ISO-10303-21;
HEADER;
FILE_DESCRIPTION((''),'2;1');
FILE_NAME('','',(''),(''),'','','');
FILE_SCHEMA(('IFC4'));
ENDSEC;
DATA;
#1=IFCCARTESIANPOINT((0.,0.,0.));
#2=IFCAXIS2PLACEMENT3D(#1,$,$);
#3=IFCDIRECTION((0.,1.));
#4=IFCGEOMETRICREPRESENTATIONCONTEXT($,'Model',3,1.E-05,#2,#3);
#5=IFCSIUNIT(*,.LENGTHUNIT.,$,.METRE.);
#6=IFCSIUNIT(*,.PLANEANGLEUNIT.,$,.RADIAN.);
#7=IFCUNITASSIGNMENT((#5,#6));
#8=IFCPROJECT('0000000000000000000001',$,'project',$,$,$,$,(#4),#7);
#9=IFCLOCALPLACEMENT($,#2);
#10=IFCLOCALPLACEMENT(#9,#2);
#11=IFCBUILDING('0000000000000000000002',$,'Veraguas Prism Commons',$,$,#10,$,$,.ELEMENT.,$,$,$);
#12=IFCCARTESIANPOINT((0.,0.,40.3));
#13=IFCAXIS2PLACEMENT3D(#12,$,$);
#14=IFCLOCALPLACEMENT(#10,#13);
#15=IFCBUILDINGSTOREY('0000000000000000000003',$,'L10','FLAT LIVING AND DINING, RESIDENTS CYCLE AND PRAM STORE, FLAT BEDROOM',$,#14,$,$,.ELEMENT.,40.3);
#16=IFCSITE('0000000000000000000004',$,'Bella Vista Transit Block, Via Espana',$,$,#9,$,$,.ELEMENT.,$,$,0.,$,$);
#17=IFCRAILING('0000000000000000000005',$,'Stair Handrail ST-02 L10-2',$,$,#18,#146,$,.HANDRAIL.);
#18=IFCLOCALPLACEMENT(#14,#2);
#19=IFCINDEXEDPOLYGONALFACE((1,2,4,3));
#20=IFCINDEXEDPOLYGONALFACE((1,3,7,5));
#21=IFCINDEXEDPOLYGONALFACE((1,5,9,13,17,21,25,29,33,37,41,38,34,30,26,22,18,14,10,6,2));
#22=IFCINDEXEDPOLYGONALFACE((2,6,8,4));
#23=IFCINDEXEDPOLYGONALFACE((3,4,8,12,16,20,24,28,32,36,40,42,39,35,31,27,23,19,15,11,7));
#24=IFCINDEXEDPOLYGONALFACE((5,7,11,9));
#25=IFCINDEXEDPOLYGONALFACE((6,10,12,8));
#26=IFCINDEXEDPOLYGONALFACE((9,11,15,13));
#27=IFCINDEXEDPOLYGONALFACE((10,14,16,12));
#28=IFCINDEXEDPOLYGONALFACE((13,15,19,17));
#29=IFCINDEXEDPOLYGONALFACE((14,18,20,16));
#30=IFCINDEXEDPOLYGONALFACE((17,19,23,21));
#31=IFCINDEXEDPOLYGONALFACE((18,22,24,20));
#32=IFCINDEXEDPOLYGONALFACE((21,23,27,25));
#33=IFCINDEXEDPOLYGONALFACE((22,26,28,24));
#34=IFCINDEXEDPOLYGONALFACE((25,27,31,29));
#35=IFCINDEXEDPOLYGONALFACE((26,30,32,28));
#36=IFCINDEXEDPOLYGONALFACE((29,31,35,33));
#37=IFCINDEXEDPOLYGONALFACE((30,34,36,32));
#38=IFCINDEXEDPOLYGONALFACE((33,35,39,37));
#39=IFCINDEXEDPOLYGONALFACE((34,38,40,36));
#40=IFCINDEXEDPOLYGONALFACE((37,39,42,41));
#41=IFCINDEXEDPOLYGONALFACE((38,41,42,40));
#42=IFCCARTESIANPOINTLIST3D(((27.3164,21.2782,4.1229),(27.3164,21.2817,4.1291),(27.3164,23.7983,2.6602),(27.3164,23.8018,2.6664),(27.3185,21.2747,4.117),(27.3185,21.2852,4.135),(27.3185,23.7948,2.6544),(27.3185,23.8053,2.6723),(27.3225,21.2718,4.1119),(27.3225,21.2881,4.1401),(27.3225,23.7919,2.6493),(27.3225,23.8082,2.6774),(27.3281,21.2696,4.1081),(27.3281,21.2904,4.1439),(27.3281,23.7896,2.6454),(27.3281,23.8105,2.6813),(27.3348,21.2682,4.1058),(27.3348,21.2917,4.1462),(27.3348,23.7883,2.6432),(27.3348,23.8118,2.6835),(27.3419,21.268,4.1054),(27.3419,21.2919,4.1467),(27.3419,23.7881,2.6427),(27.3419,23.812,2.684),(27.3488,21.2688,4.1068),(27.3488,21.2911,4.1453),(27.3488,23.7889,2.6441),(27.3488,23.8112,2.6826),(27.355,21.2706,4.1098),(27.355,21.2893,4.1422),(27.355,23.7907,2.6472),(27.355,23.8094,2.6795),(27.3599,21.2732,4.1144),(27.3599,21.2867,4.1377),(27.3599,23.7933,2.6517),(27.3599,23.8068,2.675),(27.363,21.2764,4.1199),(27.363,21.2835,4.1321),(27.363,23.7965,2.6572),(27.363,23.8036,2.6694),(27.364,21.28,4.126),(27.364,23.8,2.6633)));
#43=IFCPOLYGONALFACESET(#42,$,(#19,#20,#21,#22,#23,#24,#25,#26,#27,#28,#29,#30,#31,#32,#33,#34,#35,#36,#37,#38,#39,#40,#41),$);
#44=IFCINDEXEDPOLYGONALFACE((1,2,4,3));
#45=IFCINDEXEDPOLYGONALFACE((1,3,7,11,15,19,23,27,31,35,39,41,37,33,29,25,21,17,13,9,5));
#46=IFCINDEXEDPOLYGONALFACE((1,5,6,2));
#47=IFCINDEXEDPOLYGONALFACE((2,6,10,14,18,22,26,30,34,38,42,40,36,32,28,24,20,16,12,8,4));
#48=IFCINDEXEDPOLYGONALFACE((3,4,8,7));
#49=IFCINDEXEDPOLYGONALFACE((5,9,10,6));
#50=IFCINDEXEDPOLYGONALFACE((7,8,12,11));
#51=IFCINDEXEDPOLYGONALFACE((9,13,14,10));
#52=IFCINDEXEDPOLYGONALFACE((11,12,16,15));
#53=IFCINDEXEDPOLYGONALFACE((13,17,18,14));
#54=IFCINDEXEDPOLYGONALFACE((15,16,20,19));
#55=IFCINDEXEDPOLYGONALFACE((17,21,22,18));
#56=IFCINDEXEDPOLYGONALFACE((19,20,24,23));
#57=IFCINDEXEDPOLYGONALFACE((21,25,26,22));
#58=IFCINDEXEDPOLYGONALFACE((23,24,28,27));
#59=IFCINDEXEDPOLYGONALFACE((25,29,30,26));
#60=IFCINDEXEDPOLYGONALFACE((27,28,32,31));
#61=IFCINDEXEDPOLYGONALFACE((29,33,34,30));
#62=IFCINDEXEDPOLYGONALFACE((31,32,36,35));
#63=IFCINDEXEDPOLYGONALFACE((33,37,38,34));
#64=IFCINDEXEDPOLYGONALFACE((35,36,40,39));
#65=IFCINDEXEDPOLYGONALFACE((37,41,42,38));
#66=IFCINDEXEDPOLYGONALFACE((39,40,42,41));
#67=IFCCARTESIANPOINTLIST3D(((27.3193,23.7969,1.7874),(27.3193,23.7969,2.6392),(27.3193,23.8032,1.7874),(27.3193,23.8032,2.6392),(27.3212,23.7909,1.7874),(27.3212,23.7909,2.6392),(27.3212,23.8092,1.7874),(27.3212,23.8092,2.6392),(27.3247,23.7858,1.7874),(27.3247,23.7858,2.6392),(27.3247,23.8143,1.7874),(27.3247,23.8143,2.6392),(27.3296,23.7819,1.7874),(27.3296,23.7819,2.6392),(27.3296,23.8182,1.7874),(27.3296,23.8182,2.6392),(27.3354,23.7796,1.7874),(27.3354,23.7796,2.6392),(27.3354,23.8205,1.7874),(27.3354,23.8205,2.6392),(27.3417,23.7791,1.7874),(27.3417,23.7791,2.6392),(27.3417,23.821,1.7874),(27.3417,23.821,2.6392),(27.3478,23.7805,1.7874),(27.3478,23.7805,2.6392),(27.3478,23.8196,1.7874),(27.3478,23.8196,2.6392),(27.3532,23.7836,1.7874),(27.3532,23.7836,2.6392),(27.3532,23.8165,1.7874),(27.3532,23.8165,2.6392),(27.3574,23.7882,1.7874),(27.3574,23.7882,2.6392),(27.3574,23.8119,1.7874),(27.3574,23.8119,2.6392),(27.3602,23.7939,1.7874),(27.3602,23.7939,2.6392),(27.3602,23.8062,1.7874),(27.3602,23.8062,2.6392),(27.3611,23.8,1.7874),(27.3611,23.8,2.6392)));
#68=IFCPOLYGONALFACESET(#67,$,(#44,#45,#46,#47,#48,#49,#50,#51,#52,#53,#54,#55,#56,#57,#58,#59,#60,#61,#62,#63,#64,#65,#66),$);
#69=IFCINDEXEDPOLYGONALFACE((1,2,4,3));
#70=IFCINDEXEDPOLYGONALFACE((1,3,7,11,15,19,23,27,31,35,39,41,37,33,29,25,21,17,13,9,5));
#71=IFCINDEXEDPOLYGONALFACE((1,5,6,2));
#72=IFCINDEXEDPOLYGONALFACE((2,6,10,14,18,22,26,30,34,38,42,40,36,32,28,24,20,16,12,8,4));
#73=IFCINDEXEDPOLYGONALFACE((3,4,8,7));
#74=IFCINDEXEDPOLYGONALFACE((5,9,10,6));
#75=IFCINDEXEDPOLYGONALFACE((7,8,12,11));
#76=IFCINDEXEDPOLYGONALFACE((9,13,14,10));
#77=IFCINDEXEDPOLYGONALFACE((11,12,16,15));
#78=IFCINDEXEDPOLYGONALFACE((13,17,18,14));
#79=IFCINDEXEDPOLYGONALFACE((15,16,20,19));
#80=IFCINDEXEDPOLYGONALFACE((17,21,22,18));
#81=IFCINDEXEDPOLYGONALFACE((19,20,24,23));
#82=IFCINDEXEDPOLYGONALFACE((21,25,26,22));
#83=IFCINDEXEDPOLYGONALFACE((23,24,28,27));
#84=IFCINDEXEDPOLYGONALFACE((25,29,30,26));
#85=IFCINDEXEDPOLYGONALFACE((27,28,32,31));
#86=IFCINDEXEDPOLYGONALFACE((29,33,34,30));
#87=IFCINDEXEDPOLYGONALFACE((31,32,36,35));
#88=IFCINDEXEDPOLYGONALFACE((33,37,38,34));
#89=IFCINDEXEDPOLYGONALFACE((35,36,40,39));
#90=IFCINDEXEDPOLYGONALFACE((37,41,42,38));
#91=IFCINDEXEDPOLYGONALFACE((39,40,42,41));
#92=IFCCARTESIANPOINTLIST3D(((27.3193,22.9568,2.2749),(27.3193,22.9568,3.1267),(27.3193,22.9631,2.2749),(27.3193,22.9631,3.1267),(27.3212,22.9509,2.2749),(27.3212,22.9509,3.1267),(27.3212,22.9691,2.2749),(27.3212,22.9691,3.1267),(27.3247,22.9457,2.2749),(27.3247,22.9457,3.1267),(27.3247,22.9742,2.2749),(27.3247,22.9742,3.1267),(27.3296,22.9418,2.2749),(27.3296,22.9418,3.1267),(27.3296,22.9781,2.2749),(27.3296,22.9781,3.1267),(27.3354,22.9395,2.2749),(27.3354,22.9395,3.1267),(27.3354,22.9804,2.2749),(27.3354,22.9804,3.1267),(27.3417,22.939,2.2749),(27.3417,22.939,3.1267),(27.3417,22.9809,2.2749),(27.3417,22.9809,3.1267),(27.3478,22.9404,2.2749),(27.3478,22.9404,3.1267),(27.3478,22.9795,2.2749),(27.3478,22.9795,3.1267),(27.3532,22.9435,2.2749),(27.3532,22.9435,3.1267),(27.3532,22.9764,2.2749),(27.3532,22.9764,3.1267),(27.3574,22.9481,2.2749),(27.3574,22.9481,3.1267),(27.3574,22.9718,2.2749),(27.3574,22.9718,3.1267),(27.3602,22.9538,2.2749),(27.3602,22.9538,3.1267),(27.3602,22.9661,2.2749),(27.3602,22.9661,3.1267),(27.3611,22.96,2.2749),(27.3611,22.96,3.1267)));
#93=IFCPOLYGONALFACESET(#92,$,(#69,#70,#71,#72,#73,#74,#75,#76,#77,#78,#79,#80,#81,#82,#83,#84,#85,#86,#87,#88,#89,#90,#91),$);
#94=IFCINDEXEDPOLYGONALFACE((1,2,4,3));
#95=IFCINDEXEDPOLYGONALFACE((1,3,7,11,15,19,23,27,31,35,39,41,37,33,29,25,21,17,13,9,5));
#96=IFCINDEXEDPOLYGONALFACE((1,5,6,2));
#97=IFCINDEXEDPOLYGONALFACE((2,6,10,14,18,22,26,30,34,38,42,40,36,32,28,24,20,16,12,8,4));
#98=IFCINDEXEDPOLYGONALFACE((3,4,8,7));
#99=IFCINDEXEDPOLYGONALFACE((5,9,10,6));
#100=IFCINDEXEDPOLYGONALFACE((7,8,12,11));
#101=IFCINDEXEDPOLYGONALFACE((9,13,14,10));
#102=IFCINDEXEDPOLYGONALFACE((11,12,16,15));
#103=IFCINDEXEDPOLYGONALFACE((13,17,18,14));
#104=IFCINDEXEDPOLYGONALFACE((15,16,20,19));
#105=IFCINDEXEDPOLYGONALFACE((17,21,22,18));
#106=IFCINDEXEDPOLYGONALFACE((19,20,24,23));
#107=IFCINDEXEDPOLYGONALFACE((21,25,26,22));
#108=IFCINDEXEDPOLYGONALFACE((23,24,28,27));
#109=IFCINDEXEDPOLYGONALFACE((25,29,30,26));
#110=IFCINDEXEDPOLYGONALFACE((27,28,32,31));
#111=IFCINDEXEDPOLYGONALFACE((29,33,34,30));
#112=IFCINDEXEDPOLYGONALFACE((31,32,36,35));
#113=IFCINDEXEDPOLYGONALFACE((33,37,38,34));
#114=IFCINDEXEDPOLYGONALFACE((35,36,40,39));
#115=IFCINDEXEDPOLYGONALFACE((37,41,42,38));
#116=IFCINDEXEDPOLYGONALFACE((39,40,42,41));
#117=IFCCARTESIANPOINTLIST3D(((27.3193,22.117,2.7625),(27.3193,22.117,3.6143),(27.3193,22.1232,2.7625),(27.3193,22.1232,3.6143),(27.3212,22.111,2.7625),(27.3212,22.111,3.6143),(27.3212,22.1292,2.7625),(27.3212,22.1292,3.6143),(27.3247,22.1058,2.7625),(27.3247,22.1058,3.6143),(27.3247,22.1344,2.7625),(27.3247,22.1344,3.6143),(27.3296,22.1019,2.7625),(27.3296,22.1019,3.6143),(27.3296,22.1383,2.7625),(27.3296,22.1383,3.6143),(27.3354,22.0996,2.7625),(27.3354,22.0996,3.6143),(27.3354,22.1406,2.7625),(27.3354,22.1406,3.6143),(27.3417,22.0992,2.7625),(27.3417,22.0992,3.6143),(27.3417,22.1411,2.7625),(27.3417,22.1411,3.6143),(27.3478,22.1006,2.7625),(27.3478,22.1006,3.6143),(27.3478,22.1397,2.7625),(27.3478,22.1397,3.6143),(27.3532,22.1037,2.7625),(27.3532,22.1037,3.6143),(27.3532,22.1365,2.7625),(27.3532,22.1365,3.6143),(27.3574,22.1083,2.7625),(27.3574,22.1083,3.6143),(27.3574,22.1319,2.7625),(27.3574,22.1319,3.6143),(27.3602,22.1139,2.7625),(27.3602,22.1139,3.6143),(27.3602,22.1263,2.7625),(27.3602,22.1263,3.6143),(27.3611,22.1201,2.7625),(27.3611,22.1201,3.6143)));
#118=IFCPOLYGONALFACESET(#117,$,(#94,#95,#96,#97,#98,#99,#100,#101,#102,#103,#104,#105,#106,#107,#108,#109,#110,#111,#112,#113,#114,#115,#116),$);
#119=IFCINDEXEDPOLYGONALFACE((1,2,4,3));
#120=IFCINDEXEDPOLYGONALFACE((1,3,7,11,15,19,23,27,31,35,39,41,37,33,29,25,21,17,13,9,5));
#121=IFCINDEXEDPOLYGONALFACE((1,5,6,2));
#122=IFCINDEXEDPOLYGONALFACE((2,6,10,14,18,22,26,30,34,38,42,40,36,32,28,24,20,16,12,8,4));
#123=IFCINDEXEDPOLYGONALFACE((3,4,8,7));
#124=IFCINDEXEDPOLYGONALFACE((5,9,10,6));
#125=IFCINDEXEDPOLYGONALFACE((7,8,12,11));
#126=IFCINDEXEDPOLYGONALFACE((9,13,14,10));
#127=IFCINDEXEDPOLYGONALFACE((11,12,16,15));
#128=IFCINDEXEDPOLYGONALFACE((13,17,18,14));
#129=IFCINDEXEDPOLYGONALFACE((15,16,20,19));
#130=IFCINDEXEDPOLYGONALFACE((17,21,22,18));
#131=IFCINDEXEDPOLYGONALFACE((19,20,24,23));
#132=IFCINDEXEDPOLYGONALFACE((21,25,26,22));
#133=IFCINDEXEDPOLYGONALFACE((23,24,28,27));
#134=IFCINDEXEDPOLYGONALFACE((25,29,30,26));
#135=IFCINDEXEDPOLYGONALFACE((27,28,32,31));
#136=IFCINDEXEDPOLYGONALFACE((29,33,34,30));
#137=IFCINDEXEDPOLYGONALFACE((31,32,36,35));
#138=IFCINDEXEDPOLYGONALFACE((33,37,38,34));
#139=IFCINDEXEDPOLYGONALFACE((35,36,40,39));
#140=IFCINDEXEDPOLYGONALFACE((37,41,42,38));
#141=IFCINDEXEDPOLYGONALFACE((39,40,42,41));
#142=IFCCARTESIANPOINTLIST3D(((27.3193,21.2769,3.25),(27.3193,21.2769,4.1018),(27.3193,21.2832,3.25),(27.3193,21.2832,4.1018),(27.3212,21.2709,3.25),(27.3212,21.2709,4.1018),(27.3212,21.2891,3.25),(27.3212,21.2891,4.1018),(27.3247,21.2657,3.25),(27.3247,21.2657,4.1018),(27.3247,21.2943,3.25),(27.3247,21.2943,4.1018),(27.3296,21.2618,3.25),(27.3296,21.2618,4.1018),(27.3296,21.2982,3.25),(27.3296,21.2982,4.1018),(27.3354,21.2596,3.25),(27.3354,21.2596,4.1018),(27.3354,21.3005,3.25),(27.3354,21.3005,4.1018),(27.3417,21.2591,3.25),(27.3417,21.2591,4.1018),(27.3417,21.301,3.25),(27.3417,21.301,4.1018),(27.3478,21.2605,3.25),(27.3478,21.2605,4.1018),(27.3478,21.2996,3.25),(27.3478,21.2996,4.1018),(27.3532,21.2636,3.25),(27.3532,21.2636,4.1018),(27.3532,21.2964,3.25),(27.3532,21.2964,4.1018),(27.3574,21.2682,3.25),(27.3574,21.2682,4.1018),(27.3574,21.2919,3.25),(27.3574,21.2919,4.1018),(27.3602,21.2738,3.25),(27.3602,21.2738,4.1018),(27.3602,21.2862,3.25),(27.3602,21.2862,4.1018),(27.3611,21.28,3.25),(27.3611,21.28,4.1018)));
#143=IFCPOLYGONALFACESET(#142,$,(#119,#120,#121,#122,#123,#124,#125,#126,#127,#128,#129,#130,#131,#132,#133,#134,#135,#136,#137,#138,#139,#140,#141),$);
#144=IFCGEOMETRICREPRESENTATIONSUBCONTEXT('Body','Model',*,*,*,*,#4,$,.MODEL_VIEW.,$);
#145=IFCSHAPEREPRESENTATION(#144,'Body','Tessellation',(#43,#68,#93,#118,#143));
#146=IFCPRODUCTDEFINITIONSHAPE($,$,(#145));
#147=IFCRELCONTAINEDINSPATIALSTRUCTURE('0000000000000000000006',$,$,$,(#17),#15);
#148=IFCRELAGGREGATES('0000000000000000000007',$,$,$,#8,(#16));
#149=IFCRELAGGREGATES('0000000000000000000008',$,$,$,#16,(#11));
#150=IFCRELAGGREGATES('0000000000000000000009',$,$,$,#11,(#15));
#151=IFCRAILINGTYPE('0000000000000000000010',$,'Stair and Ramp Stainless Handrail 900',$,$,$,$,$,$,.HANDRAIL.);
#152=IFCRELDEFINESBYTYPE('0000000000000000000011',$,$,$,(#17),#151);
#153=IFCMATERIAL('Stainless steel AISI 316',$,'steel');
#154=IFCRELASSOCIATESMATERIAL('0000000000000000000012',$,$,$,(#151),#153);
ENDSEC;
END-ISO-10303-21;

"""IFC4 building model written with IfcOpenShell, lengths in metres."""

from ifc_helpers import new_model, si_unit, direction, frame, origin, origin_2d, place, context, subcontext, project, spatial, circle, extrude, material, type_object, element, save


model = new_model("IFC4")

# Units and contexts
model_context = context("Model", 3, precision=1e-05, world=origin(), true_north=direction((0.0, 1.0)))
body_context = subcontext(model_context, "Body", "Model", "MODEL_VIEW")
ifc_project = project(units=[si_unit("LENGTHUNIT", "METRE"), si_unit("PLANEANGLEUNIT", "RADIAN")], contexts=[model_context])

# Site, building, storey
site_placement = place(None, origin())
site = spatial("IfcSite", under=ifc_project, at=site_placement, Name="Bella Vista Transit Block, Via Espana", CompositionType="ELEMENT", RefElevation=0.0)
building_placement = place(site_placement, origin())
building = spatial("IfcBuilding", under=site, at=building_placement, Name="Veraguas Prism Commons", CompositionType="ELEMENT")
storey_placement = place(building_placement, frame((0.0, 0.0, 40.3)))
storey = spatial("IfcBuildingStorey", under=building, at=storey_placement, Name="L10", Description="FLAT LIVING AND DINING, RESIDENTS CYCLE AND PRAM STORE, FLAT BEDROOM", CompositionType="ELEMENT", Elevation=40.3)

# Railing
ifc_material_1 = material(Name="Stainless steel AISI 316", Category="steel")
railing_type_1 = type_object("IfcRailingType", Name="Stair and Ramp Stainless Handrail 900", PredefinedType="HANDRAIL", material=ifc_material_1)
railing_1_placement = place(storey_placement, frame((27.3401, 23.8, 1.7874)))
element("IfcRailing", 1, at=railing_1_placement, inside=storey, type_object=railing_type_1, Name="Stair Handrail ST-02 L10-2", PredefinedType="HANDRAIL", context=body_context, shape_type="SweptSolid", body=[
    extrude(circle(Radius=0.0239, at=origin_2d()), frame((0.0, 0.0, 0.876), z_axis=(0.0, -0.864877, 0.501984), x_axis=(1.0, 0.0, 0.0)), (0.0, 0.0, 1.0), 2.9138),
    extrude(circle(Radius=0.021, at=origin_2d()), origin(), (0.0, 0.0, 1.0), 0.8518),
    extrude(circle(Radius=0.021, at=origin_2d()), frame((0.0, -0.8401, 0.4875)), (0.0, 0.0, 1.0), 0.8518),
    extrude(circle(Radius=0.021, at=origin_2d()), frame((0.0, -1.6799, 0.9751)), (0.0, 0.0, 1.0), 0.8518),
    extrude(circle(Radius=0.021, at=origin_2d()), frame((0.0, -2.52, 1.4626)), (0.0, 0.0, 1.0), 0.8518),
])

save(model, "model.ifc")
